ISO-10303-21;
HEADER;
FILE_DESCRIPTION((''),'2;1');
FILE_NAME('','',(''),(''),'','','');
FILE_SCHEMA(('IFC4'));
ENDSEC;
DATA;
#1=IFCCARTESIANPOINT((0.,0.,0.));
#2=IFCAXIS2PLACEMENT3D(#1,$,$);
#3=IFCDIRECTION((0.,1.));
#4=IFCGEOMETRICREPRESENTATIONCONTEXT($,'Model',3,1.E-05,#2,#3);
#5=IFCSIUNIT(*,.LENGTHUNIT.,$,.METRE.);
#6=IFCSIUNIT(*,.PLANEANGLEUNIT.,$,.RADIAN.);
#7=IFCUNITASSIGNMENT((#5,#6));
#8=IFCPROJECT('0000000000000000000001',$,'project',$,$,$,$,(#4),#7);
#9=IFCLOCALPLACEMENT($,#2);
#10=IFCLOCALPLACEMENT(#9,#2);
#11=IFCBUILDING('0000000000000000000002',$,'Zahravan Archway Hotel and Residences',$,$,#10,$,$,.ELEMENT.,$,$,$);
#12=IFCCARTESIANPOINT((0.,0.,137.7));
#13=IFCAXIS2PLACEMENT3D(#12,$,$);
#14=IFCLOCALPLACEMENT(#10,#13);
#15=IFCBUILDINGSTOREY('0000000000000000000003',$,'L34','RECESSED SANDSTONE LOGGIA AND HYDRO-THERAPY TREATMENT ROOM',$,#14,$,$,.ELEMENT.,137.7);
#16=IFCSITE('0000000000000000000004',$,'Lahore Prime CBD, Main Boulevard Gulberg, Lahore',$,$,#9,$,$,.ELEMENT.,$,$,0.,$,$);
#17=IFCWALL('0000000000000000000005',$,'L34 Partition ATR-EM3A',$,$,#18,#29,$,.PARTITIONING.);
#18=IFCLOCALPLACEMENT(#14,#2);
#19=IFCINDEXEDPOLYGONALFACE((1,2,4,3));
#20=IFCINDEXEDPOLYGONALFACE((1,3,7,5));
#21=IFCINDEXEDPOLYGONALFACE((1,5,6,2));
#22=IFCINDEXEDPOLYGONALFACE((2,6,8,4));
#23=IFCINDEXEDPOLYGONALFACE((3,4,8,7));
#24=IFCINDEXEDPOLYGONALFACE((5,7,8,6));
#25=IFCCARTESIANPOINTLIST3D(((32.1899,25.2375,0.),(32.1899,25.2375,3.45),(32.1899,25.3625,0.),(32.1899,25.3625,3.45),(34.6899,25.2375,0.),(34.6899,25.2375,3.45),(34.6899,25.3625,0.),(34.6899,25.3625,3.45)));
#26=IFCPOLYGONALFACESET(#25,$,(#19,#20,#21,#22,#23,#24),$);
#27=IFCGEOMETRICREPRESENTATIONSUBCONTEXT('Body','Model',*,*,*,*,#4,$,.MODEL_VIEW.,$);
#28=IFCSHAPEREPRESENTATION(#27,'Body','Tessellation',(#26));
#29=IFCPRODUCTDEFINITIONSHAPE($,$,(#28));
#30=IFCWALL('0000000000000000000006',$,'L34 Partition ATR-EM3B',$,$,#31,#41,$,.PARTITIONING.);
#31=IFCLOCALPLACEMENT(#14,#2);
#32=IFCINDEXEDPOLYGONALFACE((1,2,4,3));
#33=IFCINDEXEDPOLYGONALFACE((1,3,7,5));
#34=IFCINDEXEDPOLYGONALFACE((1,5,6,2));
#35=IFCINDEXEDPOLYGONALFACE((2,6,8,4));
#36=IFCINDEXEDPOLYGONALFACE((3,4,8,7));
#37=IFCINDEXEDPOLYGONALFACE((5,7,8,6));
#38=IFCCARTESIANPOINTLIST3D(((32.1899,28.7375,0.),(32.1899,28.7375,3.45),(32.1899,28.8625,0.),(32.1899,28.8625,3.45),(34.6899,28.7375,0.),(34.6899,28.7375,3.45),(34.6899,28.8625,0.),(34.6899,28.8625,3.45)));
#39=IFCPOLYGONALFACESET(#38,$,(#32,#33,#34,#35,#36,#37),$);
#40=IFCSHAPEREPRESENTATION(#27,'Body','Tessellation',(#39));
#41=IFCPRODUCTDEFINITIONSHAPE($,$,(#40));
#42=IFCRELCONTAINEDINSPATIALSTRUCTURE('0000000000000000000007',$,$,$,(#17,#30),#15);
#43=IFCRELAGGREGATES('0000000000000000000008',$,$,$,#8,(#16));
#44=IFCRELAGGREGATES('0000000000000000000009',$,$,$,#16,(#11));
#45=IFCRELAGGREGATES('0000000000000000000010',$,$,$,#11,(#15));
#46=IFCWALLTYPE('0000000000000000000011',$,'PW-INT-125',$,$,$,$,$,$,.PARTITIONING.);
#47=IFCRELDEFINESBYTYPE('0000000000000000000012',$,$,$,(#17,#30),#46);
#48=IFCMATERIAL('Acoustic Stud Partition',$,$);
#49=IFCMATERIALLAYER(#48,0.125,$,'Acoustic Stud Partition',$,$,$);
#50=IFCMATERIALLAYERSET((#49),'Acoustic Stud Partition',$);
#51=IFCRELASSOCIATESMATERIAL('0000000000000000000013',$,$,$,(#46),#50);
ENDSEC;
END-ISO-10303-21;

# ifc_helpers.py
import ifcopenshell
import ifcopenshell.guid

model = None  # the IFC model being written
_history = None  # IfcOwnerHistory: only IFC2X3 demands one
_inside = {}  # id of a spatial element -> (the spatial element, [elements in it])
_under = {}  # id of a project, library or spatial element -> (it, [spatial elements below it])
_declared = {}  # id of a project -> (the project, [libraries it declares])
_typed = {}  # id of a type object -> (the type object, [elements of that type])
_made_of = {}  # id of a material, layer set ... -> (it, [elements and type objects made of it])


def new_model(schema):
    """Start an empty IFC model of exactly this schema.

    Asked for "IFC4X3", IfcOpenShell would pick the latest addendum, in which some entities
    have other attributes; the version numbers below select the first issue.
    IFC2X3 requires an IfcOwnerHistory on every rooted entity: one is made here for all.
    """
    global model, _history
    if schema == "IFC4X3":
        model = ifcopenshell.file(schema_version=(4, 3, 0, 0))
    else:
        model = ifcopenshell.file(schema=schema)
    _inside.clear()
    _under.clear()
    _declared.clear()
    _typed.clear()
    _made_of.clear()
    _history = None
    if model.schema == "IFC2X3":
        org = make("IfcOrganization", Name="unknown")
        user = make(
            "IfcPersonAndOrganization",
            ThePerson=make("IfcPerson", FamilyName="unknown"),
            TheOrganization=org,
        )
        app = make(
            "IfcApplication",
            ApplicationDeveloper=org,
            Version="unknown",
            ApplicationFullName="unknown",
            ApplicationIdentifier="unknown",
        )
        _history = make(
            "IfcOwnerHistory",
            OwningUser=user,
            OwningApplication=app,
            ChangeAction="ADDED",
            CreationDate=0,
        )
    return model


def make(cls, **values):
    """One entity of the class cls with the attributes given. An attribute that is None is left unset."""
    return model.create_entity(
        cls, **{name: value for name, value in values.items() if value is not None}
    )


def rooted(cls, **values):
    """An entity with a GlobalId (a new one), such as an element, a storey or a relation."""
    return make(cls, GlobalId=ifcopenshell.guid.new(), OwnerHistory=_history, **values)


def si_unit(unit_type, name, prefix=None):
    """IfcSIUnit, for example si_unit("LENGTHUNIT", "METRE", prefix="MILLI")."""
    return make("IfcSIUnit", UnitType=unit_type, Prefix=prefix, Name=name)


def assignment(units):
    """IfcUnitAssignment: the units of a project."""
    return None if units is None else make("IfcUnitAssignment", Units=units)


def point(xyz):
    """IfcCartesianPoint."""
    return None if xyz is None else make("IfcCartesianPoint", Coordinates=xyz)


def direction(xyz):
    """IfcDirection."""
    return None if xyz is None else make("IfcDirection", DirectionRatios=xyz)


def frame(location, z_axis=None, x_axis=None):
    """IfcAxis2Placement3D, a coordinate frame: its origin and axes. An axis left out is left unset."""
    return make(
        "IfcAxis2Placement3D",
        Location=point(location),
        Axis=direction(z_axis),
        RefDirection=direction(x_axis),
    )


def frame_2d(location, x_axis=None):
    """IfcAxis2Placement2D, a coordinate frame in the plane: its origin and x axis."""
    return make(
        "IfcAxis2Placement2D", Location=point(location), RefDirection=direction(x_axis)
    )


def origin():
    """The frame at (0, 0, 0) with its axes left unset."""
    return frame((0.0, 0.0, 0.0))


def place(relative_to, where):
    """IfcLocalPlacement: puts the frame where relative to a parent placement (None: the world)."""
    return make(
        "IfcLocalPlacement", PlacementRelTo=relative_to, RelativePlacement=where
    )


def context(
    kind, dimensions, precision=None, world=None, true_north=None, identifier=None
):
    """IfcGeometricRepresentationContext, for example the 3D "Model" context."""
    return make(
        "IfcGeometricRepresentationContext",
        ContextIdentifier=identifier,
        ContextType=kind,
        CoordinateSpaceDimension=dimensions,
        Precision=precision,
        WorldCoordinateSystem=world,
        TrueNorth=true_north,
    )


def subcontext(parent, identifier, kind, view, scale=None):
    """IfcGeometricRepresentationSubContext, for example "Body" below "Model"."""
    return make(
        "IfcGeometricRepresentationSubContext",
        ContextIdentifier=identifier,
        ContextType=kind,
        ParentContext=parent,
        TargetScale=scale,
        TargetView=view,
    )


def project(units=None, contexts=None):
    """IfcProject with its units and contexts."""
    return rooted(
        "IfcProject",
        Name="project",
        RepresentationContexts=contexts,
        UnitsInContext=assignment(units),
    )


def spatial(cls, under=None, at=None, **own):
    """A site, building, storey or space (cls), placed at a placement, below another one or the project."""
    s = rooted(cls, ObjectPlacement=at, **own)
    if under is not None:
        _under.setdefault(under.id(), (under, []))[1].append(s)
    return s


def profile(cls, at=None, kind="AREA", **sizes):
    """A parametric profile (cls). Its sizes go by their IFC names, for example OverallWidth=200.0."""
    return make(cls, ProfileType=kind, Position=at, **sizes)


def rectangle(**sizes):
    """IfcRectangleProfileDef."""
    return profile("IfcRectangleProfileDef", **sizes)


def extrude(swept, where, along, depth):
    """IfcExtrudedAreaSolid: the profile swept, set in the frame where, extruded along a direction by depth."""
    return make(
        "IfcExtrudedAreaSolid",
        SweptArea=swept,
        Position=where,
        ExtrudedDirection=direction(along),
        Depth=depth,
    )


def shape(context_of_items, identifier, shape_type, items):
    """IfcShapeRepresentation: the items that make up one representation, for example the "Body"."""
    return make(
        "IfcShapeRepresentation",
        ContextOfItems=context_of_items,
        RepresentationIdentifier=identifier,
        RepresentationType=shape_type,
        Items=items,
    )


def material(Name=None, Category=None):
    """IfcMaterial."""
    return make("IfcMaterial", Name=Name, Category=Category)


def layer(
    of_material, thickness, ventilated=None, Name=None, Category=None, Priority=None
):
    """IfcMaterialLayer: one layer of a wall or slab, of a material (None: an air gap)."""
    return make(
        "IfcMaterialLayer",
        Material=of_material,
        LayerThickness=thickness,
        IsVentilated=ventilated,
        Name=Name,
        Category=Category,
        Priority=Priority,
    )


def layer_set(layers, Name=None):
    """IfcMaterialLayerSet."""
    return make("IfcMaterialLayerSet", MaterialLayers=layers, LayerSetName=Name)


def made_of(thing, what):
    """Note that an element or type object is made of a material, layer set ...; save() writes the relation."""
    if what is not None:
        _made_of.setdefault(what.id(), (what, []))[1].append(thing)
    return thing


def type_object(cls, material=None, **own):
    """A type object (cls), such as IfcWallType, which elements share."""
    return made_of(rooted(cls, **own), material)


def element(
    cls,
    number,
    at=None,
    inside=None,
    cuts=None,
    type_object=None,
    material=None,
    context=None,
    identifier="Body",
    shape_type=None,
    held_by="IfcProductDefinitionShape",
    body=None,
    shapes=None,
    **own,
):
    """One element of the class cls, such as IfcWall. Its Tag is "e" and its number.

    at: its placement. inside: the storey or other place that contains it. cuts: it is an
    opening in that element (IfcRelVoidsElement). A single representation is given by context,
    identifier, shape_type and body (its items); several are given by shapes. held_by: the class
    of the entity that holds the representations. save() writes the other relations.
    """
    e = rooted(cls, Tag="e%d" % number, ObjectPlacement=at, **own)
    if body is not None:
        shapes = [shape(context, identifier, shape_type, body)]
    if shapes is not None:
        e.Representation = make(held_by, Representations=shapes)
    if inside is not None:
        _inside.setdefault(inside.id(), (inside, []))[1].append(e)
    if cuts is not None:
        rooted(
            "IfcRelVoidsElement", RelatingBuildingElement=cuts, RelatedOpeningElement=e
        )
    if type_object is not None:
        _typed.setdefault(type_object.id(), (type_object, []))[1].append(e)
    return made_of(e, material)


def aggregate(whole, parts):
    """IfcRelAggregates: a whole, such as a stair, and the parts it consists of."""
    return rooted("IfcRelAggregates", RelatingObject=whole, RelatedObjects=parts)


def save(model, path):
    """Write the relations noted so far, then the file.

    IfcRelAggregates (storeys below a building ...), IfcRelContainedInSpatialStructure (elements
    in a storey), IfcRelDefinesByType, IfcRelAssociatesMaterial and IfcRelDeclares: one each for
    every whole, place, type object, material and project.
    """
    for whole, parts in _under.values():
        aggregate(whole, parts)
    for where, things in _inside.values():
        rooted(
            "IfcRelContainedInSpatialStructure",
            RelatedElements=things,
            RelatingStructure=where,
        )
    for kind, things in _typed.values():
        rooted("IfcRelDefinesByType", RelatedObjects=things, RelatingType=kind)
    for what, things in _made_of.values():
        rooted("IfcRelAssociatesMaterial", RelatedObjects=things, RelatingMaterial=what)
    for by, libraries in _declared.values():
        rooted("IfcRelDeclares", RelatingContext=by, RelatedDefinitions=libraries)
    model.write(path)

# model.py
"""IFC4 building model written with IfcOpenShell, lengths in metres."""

from ifc_helpers import new_model, si_unit, direction, frame, frame_2d, origin, place, context, subcontext, project, spatial, rectangle, extrude, material, layer, layer_set, type_object, element, save


model = new_model("IFC4")

# Units and contexts
model_context = context("Model", 3, precision=1e-05, world=origin(), true_north=direction((0.0, 1.0)))
body_context = subcontext(model_context, "Body", "Model", "MODEL_VIEW")
ifc_project = project(units=[si_unit("LENGTHUNIT", "METRE"), si_unit("PLANEANGLEUNIT", "RADIAN")], contexts=[model_context])

# Site, building, storey
site_placement = place(None, origin())
site = spatial("IfcSite", under=ifc_project, at=site_placement, Name="Lahore Prime CBD, Main Boulevard Gulberg, Lahore", CompositionType="ELEMENT", RefElevation=0.0)
building_placement = place(site_placement, origin())
building = spatial("IfcBuilding", under=site, at=building_placement, Name="Zahravan Archway Hotel and Residences", CompositionType="ELEMENT")
storey_placement = place(building_placement, frame((0.0, 0.0, 137.7)))
storey = spatial("IfcBuildingStorey", under=building, at=storey_placement, Name="L34", Description="RECESSED SANDSTONE LOGGIA AND HYDRO-THERAPY TREATMENT ROOM", CompositionType="ELEMENT", Elevation=137.7)

# Walls
ifc_material_1 = material(Name="Acoustic Stud Partition")
ifc_layer_1 = layer(ifc_material_1, 0.125, Name="Acoustic Stud Partition")
ifc_layer_set_1 = layer_set([ifc_layer_1], Name="Acoustic Stud Partition")
wall_type = type_object("IfcWallType", Name="PW-INT-125", PredefinedType="PARTITIONING", material=ifc_layer_set_1)
for number, where, z_axis, x_axis, name in (
    (1, (32.1899, 25.3, 0.0), (0.0, 0.0, 1.0), (1.0, 0.0, 0.0), "L34 Partition ATR-EM3A"),
    (2, (32.1899, 28.8, 0.0), (0.0, 0.0, 1.0), (1.0, 0.0, 0.0), "L34 Partition ATR-EM3B"),
):
    element("IfcWall", number, at=place(storey_placement, frame(where, z_axis=z_axis, x_axis=x_axis)), inside=storey, type_object=wall_type, Name=name, PredefinedType="PARTITIONING", context=body_context, shape_type="SweptSolid", body=[
        extrude(rectangle(XDim=2.5, YDim=0.125, at=frame_2d((1.25, 0.0))), origin(), (0.0, 0.0, 1.0), 3.45),
    ])

save(model, "model.ifc")
